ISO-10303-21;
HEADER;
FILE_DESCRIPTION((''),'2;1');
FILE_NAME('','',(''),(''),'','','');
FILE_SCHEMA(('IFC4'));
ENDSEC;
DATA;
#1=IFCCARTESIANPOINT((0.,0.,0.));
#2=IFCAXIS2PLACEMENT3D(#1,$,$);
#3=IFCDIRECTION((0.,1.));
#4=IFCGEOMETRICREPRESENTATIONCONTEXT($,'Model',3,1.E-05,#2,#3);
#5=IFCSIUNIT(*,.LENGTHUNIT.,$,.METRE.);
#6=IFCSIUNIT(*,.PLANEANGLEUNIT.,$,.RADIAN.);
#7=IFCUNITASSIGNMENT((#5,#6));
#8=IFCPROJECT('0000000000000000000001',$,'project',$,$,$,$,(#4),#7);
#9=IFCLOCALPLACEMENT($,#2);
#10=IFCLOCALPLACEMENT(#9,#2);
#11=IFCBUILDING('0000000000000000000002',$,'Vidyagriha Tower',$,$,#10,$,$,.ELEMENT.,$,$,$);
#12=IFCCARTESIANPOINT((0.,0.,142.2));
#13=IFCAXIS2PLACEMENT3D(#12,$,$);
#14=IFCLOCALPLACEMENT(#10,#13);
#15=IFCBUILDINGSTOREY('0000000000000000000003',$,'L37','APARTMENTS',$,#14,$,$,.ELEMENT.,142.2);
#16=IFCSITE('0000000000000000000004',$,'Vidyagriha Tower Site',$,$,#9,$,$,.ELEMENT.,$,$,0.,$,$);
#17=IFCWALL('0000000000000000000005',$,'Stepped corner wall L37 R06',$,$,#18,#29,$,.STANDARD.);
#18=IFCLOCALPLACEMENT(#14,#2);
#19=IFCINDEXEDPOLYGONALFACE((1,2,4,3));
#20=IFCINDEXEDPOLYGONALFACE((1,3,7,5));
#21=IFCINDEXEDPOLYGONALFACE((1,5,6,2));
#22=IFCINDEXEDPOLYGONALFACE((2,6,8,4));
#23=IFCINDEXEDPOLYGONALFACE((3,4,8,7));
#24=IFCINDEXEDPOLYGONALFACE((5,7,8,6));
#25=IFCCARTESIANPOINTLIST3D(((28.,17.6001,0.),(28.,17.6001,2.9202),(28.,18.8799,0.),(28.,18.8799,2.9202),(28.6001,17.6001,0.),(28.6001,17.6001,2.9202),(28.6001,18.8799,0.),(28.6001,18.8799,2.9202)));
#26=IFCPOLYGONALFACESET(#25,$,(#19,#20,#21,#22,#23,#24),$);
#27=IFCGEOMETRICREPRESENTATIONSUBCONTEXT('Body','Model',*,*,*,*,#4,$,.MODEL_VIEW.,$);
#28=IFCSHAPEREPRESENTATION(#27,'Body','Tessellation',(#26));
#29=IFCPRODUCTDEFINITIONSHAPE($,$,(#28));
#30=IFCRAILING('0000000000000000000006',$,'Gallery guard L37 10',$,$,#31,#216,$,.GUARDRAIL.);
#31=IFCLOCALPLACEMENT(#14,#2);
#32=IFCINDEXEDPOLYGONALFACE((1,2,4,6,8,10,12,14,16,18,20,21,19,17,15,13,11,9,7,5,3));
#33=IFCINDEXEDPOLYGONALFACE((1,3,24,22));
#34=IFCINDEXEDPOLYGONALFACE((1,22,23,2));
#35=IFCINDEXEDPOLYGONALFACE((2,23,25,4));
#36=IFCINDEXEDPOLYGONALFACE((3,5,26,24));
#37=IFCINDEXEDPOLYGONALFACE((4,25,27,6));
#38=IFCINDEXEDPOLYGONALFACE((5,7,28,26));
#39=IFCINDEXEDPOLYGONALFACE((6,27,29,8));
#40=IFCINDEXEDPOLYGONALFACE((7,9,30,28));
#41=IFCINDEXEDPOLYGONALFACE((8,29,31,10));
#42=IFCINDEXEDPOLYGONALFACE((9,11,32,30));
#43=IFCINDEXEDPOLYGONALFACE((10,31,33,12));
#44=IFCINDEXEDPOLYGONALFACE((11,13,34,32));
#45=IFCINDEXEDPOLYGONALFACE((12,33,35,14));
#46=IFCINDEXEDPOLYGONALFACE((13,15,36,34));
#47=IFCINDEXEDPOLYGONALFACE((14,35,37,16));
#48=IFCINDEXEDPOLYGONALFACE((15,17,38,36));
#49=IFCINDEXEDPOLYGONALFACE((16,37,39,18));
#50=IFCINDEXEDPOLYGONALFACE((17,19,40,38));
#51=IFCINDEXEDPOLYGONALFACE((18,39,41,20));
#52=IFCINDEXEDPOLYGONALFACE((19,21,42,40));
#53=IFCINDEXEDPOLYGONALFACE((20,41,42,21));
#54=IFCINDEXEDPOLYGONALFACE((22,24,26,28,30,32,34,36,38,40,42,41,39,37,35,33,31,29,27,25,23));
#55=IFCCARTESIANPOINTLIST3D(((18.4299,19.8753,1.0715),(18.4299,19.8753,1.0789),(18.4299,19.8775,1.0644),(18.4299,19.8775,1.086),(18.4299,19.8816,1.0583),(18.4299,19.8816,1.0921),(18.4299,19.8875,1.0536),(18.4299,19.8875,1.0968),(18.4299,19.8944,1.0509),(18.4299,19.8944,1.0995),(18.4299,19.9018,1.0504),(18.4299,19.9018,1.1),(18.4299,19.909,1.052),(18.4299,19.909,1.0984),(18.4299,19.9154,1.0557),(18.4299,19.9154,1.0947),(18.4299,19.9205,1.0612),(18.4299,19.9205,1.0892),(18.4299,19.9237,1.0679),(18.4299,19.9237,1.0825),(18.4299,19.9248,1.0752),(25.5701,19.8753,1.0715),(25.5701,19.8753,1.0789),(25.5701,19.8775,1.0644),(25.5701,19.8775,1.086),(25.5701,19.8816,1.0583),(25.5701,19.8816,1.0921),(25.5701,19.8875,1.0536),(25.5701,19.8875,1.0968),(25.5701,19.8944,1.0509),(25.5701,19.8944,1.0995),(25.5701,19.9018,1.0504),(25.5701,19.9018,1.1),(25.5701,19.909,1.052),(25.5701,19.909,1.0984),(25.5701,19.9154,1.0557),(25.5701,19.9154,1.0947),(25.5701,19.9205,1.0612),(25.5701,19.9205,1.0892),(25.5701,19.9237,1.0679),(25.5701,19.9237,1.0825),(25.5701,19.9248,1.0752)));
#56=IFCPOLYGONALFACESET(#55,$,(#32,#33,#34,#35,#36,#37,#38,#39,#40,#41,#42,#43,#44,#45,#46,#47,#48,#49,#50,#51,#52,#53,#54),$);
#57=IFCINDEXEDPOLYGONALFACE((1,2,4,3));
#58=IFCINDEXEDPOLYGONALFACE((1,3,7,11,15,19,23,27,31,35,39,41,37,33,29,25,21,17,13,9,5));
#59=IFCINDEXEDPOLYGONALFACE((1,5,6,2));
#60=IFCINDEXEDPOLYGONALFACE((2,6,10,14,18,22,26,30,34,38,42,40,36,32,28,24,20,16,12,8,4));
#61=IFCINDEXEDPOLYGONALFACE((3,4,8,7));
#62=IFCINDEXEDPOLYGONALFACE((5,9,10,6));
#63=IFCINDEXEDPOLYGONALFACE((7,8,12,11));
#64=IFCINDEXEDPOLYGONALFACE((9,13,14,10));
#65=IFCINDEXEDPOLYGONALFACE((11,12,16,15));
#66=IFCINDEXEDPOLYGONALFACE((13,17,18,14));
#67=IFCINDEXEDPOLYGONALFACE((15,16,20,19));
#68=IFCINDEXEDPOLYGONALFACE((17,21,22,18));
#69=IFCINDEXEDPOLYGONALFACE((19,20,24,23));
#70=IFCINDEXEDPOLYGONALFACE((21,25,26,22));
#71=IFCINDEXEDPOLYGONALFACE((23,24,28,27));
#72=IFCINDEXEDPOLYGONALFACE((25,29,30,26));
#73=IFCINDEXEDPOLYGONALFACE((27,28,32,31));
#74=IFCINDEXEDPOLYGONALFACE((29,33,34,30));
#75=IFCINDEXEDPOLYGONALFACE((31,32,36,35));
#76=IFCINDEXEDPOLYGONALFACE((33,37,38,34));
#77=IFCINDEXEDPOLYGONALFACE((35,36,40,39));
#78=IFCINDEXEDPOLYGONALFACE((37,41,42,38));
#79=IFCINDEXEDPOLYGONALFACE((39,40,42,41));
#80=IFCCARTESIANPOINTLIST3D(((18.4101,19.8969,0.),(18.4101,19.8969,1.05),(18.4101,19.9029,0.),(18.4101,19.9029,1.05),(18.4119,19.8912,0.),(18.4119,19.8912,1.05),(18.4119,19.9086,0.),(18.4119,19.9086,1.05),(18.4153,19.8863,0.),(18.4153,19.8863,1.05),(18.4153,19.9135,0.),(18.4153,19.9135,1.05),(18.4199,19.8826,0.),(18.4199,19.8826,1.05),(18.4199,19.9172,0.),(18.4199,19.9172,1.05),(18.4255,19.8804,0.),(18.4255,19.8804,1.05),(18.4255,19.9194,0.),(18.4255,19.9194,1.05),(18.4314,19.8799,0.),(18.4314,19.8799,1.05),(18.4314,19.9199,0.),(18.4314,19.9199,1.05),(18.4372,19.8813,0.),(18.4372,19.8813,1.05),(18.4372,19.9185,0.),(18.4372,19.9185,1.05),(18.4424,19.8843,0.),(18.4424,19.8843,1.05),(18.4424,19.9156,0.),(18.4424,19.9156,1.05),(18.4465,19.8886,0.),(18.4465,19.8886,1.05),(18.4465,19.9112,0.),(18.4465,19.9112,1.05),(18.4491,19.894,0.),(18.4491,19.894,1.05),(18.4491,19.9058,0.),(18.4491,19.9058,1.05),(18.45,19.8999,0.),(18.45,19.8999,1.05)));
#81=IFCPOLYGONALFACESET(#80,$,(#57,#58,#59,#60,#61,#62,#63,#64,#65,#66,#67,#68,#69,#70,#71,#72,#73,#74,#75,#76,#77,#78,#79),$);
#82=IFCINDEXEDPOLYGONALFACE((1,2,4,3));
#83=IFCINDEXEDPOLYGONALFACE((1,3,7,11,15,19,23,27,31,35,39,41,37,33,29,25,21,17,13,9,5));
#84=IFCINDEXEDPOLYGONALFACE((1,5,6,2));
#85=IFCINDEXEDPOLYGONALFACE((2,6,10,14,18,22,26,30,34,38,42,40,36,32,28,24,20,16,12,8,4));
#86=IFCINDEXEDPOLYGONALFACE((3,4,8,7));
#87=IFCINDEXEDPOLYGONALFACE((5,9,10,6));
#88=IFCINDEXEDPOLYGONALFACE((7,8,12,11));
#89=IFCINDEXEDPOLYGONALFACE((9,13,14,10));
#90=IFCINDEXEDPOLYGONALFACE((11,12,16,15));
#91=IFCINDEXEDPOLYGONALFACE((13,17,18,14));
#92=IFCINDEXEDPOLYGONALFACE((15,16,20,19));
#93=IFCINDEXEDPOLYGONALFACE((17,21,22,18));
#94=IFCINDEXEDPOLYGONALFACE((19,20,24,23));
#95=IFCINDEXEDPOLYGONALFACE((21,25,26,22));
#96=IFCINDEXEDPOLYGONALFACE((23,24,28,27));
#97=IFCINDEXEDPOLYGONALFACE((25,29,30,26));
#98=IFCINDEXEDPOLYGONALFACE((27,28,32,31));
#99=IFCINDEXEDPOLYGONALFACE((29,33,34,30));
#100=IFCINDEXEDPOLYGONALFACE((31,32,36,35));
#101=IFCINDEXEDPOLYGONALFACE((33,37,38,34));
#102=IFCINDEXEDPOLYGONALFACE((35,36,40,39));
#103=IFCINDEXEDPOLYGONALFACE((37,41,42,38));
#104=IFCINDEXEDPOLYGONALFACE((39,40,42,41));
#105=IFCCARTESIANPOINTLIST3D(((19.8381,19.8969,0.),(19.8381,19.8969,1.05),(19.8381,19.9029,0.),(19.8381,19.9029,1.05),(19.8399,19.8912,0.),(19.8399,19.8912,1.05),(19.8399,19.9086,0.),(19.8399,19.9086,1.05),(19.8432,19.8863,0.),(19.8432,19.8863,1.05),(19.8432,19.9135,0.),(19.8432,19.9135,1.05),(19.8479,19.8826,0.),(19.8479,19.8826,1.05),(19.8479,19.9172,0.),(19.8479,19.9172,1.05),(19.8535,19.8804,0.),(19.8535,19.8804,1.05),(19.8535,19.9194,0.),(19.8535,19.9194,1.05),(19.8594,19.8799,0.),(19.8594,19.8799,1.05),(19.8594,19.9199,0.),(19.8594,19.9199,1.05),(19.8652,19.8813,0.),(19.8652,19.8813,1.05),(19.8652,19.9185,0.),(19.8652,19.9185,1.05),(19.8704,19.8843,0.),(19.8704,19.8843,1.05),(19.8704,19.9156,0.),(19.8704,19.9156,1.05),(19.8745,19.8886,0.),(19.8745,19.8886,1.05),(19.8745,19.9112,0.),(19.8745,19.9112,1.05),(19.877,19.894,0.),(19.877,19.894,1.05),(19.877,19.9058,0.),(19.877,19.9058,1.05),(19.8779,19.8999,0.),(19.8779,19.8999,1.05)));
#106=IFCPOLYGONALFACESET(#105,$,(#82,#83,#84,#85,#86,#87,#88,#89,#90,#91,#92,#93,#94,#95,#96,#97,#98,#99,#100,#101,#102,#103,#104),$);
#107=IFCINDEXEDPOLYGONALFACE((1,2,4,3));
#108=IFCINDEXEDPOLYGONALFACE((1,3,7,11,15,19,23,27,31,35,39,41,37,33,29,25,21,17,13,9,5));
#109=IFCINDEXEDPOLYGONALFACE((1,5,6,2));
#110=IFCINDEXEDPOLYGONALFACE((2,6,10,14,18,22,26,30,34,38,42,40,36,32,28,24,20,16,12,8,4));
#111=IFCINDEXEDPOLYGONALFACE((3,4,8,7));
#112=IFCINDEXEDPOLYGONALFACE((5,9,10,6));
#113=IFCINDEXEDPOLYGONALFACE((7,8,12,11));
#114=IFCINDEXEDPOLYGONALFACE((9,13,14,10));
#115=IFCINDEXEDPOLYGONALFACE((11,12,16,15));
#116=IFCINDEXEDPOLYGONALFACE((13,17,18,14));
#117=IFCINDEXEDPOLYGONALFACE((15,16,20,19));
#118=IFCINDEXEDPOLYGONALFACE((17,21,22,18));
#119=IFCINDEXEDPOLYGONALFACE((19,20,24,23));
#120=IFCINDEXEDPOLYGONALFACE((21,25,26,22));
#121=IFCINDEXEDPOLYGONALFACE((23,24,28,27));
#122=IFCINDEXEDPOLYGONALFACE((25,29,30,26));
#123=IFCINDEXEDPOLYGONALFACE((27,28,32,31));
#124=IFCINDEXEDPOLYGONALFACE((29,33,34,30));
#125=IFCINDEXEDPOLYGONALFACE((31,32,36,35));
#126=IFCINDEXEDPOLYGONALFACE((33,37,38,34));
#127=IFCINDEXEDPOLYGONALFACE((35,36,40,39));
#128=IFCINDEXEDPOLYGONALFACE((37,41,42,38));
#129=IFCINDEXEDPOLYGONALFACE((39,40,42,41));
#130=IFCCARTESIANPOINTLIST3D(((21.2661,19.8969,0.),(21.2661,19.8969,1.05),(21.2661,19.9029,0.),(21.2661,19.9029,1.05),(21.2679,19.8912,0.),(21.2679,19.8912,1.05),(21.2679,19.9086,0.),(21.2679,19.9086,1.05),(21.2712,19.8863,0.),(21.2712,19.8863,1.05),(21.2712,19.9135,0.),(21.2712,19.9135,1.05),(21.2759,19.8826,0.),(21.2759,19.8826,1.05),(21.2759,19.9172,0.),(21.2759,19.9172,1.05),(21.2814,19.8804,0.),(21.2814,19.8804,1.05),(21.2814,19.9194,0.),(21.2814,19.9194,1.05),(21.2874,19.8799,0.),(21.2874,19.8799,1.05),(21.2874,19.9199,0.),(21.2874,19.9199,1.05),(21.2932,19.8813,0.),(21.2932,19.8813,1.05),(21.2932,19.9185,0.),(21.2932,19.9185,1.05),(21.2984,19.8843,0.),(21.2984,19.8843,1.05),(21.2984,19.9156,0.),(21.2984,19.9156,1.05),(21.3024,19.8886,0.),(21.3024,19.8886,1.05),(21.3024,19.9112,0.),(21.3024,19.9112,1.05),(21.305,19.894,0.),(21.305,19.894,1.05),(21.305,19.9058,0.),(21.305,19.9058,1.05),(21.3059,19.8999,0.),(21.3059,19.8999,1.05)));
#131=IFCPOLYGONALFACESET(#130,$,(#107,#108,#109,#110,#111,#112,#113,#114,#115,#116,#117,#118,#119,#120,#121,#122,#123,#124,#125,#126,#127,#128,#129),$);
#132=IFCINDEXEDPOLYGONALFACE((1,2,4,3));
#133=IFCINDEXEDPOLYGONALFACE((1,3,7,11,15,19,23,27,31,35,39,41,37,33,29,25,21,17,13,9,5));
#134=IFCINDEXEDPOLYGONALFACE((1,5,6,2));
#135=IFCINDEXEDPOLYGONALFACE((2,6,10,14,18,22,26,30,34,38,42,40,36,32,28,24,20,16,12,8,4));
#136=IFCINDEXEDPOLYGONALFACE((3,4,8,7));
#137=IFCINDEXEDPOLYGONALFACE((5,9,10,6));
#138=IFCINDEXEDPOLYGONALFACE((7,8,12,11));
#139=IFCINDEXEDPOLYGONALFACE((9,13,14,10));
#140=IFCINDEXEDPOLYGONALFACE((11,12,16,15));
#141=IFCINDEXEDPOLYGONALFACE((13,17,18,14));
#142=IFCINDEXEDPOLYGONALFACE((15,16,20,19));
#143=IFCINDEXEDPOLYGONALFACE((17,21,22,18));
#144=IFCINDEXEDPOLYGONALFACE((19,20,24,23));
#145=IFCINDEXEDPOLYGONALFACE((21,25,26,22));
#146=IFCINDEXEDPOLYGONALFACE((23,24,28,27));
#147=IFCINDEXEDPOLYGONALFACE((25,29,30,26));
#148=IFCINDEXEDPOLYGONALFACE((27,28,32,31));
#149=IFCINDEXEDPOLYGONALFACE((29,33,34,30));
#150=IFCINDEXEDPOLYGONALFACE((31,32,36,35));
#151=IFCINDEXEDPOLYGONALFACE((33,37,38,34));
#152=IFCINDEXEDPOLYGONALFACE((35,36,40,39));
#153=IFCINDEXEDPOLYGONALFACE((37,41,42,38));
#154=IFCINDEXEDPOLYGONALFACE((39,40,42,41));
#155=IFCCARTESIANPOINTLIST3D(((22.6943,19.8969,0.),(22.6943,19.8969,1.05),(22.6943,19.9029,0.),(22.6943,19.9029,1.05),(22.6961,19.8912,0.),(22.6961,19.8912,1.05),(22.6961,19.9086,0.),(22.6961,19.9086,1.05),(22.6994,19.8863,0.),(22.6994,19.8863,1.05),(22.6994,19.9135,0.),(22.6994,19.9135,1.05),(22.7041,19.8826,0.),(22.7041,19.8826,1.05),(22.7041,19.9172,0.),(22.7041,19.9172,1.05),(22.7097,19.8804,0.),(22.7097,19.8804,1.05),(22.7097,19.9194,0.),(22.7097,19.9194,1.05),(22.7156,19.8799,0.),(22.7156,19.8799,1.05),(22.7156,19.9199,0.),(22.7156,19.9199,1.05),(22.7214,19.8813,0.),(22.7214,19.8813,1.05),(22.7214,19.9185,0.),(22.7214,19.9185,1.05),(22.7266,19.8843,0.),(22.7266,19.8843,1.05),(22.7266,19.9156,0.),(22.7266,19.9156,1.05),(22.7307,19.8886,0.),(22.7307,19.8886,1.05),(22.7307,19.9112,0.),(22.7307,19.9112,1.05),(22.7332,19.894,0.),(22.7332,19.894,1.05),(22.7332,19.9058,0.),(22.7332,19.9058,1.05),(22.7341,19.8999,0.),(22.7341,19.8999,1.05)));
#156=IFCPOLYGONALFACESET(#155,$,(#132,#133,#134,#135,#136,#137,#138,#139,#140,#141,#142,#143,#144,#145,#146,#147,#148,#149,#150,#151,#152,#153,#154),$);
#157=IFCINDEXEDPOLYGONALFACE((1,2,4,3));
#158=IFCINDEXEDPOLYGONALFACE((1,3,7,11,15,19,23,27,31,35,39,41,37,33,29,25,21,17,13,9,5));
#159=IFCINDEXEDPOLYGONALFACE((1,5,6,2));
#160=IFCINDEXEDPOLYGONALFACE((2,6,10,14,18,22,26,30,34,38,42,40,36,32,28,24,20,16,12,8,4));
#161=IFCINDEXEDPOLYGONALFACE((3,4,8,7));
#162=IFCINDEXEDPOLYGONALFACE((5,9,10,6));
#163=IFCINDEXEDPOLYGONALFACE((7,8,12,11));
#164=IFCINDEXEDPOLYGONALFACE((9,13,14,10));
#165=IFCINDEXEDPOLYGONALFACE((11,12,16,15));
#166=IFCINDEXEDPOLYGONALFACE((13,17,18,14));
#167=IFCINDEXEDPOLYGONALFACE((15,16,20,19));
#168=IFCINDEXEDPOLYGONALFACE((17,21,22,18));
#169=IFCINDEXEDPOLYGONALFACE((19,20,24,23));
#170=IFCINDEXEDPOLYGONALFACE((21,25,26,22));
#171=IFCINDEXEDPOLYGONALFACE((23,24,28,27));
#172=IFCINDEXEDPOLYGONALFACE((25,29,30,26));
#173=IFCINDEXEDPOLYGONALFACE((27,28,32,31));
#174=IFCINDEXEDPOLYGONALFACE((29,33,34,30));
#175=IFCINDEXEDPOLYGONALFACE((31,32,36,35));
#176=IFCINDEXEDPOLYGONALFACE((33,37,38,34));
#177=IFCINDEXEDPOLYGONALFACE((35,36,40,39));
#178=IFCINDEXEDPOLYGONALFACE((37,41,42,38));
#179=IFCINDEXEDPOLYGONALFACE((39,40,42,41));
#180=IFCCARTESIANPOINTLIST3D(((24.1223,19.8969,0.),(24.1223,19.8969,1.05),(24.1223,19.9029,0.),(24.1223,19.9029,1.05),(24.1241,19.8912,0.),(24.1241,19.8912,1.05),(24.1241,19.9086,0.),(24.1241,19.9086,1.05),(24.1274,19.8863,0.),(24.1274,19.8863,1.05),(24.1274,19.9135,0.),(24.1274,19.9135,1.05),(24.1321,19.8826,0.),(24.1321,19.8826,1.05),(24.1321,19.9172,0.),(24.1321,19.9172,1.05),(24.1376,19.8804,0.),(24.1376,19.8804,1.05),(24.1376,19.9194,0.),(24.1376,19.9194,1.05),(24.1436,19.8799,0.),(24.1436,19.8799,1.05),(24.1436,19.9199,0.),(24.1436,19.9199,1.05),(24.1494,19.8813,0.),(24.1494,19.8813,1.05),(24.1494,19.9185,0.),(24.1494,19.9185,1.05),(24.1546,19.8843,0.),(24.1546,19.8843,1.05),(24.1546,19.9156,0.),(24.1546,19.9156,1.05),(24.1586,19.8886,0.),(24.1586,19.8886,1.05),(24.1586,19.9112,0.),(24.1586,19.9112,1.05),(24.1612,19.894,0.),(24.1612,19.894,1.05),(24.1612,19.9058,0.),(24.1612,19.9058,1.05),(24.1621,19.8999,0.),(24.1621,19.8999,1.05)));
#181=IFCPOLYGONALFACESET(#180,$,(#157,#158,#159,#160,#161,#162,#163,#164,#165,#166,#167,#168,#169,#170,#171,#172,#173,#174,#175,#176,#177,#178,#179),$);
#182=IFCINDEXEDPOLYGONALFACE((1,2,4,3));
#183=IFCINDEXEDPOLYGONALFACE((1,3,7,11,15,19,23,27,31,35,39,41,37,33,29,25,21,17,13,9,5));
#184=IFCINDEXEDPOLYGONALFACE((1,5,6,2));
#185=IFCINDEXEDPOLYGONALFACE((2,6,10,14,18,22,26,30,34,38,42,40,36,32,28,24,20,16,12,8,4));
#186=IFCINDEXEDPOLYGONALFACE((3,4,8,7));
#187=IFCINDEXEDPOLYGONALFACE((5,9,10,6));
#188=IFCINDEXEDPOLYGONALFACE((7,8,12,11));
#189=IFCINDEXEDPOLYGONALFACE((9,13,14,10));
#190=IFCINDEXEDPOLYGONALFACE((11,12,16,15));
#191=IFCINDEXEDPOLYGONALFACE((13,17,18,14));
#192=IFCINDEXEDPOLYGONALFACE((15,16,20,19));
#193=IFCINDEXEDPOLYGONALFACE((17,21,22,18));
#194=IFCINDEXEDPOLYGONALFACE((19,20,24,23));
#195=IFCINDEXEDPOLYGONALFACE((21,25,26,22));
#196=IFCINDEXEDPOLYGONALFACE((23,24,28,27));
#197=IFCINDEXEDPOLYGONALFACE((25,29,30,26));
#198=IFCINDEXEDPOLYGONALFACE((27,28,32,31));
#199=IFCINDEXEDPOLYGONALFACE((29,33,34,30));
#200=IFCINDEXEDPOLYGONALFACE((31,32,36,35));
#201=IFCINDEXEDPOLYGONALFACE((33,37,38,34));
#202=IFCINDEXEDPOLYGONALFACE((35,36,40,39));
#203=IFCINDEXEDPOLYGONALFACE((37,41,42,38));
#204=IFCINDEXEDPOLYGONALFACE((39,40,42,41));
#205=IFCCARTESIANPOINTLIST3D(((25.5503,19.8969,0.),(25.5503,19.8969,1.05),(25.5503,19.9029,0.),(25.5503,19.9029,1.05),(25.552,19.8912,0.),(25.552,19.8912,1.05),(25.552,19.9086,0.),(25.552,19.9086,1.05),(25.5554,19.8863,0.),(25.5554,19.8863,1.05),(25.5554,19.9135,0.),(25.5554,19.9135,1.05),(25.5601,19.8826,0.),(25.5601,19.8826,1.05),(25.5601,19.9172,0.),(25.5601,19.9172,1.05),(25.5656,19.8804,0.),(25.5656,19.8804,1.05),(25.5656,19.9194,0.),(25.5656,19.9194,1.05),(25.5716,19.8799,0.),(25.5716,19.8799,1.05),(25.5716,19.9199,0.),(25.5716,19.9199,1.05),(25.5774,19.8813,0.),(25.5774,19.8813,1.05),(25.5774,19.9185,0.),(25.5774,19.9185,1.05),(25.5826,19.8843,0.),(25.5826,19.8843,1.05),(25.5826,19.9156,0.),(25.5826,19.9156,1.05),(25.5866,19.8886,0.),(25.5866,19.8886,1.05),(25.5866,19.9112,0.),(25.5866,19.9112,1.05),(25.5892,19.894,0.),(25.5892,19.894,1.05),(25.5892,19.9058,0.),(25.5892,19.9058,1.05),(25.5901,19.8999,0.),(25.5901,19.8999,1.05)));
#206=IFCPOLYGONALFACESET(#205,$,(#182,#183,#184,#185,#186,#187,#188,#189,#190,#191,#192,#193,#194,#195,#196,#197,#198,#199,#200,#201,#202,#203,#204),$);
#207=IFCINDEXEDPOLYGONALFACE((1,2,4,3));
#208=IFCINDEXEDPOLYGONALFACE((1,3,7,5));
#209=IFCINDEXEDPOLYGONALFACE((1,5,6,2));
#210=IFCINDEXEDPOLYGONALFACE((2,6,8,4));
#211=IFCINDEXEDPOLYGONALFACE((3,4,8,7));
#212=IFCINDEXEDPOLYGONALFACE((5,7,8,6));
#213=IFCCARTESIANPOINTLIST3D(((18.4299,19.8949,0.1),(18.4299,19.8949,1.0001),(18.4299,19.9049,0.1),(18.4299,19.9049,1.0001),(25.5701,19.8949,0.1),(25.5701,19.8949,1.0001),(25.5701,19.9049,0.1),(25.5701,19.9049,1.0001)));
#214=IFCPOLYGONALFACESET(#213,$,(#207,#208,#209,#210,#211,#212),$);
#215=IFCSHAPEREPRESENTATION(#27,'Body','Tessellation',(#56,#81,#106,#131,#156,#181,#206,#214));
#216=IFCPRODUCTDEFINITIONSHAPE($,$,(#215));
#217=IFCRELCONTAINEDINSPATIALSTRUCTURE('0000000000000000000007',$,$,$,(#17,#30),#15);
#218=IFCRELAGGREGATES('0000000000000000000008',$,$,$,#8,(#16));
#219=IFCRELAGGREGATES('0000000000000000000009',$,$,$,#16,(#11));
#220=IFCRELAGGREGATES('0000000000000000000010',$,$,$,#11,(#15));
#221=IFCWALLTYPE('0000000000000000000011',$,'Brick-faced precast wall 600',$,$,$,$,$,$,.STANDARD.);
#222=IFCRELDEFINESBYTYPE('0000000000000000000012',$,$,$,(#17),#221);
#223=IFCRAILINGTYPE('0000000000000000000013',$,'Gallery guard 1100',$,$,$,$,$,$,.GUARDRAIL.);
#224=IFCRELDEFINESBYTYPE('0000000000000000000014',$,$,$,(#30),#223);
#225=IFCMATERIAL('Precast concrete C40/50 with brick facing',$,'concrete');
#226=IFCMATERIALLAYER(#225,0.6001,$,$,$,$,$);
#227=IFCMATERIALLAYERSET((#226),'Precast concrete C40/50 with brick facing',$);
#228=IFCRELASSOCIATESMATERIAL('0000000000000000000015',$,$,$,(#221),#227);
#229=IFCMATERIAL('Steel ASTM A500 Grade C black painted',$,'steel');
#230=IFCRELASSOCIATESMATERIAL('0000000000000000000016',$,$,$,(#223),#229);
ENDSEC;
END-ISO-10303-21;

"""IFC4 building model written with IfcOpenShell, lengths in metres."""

from ifc_helpers import new_model, si_unit, direction, frame, frame_2d, origin, origin_2d, place, context, subcontext, project, spatial, rectangle, circle, extrude, material, layer, layer_set, type_object, element, save


model = new_model("IFC4")

# Units and contexts
model_context = context("Model", 3, precision=1e-05, world=origin(), true_north=direction((0.0, 1.0)))
body_context = subcontext(model_context, "Body", "Model", "MODEL_VIEW")
ifc_project = project(units=[si_unit("LENGTHUNIT", "METRE"), si_unit("PLANEANGLEUNIT", "RADIAN")], contexts=[model_context])

# Site, building, storey
site_placement = place(None, origin())
site = spatial("IfcSite", under=ifc_project, at=site_placement, Name="Vidyagriha Tower Site", CompositionType="ELEMENT", RefElevation=0.0)
building_placement = place(site_placement, origin())
building = spatial("IfcBuilding", under=site, at=building_placement, Name="Vidyagriha Tower", CompositionType="ELEMENT")
storey_placement = place(building_placement, frame((0.0, 0.0, 142.2)))
storey = spatial("IfcBuildingStorey", under=building, at=storey_placement, Name="L37", Description="APARTMENTS", CompositionType="ELEMENT", Elevation=142.2)

# Shared definitions
ifc_material_1 = material(Name="Precast concrete C40/50 with brick facing", Category="concrete")
ifc_layer_1 = layer(ifc_material_1, 0.6001)
ifc_layer_set_1 = layer_set([ifc_layer_1], Name="Precast concrete C40/50 with brick facing")
wall_type = type_object("IfcWallType", Name="Brick-faced precast wall 600", PredefinedType="STANDARD", material=ifc_layer_set_1)

# Wall
wall_1_placement = place(storey_placement, frame((28.3, 17.6001, 0.0), z_axis=(0.0, 0.0, 1.0), x_axis=(0.0, 1.0, 0.0)))
element("IfcWall", 1, at=wall_1_placement, inside=storey, type_object=wall_type, Name="Stepped corner wall L37 R06", PredefinedType="STANDARD", context=body_context, shape_type="SweptSolid", body=[
    extrude(rectangle(XDim=1.2798, YDim=0.6001, at=frame_2d((0.6399, 0.0))), origin(), (0.0, 0.0, 1.0), 2.9202),
])

# Railing
ifc_material_2 = material(Name="Steel ASTM A500 Grade C black painted", Category="steel")
railing_type = type_object("IfcRailingType", Name="Gallery guard 1100", PredefinedType="GUARDRAIL", material=ifc_material_2)
railing_1_placement = place(storey_placement, frame((18.4299, 19.8999, 0.0)))
element("IfcRailing", 2, at=railing_1_placement, inside=storey, type_object=railing_type, Name="Gallery guard L37 10", PredefinedType="GUARDRAIL", context=body_context, shape_type="SweptSolid", body=[
    extrude(circle(Radius=0.0249, at=origin_2d()), frame((0.0, 0.0, 1.0752), z_axis=(1.0, 0.0, 0.0), x_axis=(0.0, 1.0, 0.0)), (0.0, 0.0, 1.0), 7.1401),
    extrude(circle(Radius=0.02, at=origin_2d()), origin(), (0.0, 0.0, 1.0), 1.05),
    extrude(circle(Radius=0.02, at=origin_2d()), frame((1.428, 0.0, 0.0)), (0.0, 0.0, 1.0), 1.05),
    extrude(circle(Radius=0.02, at=origin_2d()), frame((2.856, 0.0, 0.0)), (0.0, 0.0, 1.0), 1.05),
    extrude(circle(Radius=0.02, at=origin_2d()), frame((4.2842, 0.0, 0.0)), (0.0, 0.0, 1.0), 1.05),
    extrude(circle(Radius=0.02, at=origin_2d()), frame((5.7122, 0.0, 0.0)), (0.0, 0.0, 1.0), 1.05),
    extrude(circle(Radius=0.02, at=origin_2d()), frame((7.1401, 0.0, 0.0)), (0.0, 0.0, 1.0), 1.05),
    extrude(rectangle(XDim=0.01, YDim=0.9001, at=origin_2d()), frame((0.0, 0.0, 0.55), z_axis=(1.0, 0.0, 0.0), x_axis=(0.0, 1.0, 0.0)), (0.0, 0.0, 1.0), 7.1401),
])

save(model, "model.ifc")
